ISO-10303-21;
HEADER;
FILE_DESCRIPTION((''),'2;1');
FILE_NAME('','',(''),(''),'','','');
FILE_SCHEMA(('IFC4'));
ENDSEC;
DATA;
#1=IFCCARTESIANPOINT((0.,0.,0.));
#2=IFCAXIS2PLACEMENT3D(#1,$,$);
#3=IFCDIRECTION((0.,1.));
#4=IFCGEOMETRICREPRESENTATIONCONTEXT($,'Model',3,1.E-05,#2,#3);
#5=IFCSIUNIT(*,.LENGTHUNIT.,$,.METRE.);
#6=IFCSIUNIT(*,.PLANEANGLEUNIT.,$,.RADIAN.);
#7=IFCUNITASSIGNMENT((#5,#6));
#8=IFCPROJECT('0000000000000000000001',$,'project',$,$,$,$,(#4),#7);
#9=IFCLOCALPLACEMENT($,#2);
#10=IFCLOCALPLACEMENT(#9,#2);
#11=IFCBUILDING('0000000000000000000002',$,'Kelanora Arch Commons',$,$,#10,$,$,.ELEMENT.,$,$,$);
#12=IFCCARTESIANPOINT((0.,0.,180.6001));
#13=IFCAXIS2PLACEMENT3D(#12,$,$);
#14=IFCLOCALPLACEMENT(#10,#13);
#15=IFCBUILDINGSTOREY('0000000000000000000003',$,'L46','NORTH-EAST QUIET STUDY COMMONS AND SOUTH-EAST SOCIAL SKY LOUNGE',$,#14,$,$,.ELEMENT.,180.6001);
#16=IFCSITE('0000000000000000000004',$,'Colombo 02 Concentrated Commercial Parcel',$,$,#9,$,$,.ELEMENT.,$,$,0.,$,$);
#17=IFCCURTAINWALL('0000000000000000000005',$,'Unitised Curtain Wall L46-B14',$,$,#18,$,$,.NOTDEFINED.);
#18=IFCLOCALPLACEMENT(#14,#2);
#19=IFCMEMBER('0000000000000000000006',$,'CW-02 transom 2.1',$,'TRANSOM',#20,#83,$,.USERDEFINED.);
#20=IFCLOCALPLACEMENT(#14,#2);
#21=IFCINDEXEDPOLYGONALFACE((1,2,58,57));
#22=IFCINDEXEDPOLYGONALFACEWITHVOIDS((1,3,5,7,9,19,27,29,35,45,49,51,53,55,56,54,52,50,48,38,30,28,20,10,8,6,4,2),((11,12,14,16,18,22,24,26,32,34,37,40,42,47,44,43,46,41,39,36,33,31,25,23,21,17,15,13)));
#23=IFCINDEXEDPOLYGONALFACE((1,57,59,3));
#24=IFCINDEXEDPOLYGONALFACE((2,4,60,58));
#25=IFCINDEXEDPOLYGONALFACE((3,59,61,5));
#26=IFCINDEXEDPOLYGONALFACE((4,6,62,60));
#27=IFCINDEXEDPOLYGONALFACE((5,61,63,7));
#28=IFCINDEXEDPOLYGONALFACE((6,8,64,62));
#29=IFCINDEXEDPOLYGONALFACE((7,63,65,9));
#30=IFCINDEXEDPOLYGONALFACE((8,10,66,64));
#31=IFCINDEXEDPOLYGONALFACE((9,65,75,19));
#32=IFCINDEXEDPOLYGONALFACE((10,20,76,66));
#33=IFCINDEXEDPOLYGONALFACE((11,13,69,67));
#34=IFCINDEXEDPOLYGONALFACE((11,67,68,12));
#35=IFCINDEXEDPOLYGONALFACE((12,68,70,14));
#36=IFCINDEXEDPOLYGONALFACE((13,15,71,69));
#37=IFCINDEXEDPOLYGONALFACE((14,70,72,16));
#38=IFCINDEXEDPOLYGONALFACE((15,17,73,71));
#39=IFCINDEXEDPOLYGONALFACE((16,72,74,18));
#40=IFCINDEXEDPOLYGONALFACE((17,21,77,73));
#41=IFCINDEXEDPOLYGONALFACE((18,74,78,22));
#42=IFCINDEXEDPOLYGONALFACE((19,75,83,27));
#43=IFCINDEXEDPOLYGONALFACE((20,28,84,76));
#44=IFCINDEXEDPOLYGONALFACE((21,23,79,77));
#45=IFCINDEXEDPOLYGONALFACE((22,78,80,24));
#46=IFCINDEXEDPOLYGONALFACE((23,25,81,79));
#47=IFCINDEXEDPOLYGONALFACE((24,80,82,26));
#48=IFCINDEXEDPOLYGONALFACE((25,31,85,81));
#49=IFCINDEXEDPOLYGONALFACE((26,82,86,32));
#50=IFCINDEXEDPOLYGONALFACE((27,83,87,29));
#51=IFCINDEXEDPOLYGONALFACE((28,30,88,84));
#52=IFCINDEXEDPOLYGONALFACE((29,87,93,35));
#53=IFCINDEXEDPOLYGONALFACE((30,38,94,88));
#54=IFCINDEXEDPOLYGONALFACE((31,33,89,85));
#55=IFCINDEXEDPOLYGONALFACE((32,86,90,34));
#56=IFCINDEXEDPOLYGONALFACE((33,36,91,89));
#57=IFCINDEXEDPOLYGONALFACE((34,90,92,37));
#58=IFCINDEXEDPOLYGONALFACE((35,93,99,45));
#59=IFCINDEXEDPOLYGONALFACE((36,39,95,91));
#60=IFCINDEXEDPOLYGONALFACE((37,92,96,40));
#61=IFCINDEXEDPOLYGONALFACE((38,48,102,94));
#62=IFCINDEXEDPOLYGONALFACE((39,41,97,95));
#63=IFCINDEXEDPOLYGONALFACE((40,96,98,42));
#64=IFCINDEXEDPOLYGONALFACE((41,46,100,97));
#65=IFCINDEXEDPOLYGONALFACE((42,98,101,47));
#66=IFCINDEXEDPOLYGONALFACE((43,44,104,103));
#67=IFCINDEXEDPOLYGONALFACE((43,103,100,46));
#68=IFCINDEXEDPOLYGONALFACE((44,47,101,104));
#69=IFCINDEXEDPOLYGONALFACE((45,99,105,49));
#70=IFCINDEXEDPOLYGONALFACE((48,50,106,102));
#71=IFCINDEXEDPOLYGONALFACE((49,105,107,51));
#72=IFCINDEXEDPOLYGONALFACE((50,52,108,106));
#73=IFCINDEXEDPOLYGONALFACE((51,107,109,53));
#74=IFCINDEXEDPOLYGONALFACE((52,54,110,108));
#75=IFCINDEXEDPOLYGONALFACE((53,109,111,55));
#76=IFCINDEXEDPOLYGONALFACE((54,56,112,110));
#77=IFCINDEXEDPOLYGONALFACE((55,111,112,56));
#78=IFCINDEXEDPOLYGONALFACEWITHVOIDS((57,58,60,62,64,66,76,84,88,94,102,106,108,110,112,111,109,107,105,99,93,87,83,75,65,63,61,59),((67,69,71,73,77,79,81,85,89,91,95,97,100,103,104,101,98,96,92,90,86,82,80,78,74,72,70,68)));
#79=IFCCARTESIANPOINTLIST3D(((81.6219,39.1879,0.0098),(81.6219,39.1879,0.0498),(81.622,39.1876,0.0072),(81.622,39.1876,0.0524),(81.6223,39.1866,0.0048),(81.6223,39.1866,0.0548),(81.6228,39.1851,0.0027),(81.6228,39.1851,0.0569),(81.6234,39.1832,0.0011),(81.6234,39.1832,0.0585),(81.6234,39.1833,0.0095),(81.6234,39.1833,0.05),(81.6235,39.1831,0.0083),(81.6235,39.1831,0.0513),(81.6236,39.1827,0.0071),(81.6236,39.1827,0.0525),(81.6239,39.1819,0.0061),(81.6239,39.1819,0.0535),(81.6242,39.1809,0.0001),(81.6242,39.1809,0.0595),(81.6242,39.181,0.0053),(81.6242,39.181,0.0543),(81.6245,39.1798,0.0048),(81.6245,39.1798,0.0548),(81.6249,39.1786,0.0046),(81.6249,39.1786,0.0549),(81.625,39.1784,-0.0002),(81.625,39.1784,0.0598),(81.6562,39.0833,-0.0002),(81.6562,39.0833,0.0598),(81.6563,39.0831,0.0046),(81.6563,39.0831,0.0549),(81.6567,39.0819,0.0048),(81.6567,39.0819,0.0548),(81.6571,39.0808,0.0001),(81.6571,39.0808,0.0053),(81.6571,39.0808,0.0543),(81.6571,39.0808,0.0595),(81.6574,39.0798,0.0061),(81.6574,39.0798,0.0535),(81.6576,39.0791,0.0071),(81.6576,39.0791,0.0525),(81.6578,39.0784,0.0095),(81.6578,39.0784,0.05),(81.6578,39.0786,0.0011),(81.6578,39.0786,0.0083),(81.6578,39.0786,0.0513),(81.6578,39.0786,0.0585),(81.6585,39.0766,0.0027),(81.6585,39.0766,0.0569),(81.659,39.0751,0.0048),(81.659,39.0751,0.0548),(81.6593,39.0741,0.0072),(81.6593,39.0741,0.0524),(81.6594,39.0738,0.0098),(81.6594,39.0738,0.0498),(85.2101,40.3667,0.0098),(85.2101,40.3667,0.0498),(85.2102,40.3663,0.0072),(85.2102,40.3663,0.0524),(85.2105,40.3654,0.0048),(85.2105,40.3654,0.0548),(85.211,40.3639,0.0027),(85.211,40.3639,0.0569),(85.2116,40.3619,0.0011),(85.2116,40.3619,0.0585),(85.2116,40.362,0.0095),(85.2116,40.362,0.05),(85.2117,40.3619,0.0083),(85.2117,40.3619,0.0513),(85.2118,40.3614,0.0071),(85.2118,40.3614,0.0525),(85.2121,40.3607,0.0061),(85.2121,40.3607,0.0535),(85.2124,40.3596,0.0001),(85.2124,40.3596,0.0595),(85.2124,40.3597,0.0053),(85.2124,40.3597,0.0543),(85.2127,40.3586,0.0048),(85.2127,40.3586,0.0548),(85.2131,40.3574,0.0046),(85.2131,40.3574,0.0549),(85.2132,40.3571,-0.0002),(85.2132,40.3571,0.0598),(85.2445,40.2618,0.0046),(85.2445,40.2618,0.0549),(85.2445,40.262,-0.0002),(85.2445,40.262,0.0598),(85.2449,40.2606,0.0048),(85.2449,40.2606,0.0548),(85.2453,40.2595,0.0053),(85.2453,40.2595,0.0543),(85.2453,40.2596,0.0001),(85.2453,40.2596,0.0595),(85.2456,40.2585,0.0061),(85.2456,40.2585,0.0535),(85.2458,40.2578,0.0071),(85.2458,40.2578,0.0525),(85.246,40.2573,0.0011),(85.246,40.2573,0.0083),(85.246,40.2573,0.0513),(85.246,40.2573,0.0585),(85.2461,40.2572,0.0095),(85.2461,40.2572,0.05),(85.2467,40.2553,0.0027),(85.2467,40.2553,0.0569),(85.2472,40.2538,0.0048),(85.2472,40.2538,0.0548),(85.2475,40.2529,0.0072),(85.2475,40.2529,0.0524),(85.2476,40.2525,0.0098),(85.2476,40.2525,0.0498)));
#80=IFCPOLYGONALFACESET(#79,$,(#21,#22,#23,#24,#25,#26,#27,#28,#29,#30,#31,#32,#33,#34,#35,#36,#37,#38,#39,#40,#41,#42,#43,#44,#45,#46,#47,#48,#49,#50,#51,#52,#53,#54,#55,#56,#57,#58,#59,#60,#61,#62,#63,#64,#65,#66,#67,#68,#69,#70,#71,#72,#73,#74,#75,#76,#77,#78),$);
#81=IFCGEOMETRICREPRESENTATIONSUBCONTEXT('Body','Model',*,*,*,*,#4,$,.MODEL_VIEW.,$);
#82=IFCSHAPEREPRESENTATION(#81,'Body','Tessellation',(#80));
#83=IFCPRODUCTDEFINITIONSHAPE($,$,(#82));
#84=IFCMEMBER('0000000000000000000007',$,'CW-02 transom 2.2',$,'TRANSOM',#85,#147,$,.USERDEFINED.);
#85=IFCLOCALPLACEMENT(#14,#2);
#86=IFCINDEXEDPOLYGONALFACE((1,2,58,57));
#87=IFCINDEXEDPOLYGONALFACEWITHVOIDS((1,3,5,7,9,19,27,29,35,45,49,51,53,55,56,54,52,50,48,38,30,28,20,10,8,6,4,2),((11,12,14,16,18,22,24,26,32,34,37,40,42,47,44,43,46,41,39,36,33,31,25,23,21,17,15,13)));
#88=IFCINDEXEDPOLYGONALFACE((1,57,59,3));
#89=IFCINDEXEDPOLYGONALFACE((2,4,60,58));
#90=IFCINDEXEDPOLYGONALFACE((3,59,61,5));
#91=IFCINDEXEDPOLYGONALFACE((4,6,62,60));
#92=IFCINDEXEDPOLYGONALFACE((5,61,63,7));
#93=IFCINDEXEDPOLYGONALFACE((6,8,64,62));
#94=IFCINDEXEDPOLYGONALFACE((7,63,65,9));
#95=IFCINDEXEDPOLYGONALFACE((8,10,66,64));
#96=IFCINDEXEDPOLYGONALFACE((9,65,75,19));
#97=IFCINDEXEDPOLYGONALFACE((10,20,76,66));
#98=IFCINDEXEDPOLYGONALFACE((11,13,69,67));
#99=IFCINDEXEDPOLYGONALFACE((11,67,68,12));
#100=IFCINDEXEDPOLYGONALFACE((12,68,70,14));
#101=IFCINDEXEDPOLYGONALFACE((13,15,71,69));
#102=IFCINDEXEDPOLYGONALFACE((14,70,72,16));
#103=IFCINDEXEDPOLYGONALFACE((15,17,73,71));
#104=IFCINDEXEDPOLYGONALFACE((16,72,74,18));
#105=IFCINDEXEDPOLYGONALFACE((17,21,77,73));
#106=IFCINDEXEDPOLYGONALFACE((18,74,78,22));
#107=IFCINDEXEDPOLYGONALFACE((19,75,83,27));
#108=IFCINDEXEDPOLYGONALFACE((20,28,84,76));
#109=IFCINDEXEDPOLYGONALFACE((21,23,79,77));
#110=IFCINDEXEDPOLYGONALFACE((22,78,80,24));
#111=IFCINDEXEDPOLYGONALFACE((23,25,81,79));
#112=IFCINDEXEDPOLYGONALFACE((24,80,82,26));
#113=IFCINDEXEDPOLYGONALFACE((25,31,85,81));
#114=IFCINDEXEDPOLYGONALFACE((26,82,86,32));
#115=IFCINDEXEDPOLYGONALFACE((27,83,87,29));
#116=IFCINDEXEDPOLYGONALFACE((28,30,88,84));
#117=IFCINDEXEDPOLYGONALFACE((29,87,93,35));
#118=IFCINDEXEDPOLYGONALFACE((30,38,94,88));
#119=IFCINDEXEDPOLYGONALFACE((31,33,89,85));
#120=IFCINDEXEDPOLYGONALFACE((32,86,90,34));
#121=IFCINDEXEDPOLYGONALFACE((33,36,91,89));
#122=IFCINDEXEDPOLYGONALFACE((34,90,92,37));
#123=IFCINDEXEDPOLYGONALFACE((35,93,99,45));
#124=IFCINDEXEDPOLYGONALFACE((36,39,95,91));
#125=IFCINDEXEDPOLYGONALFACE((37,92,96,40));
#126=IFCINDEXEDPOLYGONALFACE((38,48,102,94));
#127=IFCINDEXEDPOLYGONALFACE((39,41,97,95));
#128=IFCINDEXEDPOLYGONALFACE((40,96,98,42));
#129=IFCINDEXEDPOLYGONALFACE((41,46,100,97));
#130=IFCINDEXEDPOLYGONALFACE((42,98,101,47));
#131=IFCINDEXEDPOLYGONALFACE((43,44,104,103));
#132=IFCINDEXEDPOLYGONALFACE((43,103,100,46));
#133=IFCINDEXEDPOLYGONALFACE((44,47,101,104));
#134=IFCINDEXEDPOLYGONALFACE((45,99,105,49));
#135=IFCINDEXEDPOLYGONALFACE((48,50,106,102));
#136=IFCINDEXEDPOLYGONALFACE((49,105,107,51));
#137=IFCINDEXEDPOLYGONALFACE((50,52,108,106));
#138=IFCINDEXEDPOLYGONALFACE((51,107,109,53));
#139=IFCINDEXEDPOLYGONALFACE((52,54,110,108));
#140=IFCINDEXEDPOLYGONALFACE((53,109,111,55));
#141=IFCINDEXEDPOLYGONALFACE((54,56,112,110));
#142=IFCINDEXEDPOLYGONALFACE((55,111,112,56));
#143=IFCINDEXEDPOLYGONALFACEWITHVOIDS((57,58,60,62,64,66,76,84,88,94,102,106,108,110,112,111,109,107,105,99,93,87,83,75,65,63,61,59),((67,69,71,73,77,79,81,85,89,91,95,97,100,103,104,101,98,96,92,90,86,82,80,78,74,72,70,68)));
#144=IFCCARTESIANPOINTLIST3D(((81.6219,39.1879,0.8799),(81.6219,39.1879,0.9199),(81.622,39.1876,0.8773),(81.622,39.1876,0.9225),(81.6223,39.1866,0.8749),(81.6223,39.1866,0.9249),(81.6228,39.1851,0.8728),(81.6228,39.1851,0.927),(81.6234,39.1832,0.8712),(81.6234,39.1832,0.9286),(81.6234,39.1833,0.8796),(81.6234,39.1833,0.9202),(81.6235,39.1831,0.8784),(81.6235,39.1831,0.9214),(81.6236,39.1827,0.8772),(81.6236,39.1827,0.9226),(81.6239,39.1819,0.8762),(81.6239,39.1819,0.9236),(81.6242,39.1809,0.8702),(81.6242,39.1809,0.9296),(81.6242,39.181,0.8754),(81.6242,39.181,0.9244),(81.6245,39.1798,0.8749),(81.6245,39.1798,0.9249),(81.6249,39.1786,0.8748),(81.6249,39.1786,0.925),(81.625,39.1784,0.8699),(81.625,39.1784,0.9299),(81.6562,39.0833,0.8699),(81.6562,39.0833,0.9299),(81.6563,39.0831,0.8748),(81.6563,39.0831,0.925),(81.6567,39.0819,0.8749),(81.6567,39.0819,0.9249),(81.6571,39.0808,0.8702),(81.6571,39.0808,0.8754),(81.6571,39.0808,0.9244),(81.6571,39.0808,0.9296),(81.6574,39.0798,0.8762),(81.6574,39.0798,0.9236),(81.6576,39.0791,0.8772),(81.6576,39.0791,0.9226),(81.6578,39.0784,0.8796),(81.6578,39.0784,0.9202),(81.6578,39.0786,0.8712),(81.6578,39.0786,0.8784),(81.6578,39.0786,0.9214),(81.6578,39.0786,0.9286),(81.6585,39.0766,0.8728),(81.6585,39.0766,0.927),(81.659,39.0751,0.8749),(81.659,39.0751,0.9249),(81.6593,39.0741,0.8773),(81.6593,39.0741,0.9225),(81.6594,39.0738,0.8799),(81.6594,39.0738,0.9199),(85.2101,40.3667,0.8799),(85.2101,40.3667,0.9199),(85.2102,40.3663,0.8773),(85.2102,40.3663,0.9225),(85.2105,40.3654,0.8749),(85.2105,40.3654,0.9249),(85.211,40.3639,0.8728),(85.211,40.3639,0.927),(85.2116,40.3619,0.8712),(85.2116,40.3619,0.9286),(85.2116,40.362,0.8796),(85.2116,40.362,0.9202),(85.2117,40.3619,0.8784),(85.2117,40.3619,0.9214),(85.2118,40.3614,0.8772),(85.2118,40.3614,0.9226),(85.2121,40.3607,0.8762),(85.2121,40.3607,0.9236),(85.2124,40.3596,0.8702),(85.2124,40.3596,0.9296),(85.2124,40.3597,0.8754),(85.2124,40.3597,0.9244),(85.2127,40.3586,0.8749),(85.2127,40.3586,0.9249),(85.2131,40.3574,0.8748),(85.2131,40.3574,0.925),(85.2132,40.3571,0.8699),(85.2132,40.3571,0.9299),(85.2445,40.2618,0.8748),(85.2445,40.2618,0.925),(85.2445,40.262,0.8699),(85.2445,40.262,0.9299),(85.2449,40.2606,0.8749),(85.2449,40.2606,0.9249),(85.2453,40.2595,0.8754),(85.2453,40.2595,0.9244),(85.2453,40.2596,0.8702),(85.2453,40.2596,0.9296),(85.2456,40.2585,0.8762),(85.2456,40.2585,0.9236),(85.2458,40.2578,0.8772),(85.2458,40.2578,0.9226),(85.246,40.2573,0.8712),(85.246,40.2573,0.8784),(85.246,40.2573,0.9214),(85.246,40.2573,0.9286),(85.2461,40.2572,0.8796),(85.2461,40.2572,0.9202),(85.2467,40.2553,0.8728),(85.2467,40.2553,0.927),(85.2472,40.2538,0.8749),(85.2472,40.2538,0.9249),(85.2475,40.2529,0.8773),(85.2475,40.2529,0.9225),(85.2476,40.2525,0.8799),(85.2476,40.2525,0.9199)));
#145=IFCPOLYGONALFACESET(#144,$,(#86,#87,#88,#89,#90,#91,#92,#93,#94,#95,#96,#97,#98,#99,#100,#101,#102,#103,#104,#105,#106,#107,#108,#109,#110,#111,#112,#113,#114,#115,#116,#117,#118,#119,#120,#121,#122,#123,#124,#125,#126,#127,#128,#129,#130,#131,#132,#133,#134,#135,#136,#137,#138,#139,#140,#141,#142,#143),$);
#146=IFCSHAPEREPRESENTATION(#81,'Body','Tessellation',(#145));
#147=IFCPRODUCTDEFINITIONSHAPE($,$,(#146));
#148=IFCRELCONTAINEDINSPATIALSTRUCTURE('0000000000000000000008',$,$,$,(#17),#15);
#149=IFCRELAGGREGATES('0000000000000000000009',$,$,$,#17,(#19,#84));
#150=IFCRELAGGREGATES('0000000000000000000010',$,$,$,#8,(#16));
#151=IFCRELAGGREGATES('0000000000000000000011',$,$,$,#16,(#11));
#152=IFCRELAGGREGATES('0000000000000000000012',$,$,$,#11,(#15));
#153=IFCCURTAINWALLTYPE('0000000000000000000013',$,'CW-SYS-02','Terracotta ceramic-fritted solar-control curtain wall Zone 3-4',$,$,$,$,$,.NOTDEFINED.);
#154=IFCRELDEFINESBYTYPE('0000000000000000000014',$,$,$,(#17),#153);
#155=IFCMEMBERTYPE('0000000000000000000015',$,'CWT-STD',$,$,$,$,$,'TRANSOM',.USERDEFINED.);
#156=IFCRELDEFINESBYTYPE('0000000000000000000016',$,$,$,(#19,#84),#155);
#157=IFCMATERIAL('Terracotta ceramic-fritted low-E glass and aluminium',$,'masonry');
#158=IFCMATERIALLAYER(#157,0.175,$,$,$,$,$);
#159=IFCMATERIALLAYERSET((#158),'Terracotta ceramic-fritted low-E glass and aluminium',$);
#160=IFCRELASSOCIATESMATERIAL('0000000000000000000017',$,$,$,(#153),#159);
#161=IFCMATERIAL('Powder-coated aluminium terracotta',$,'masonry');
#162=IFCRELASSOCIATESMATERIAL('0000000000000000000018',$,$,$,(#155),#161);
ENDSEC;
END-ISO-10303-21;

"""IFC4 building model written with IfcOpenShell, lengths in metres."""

from ifc_helpers import new_model, si_unit, direction, frame, origin, origin_2d, place, context, subcontext, project, spatial, hollow_rectangle, extrude, material, layer, layer_set, material_profile, profile_set, type_object, element, aggregate, save


model = new_model("IFC4")

# Units and contexts
model_context = context("Model", 3, precision=1e-05, world=origin(), true_north=direction((0.0, 1.0)))
body_context = subcontext(model_context, "Body", "Model", "MODEL_VIEW")
ifc_project = project(units=[si_unit("LENGTHUNIT", "METRE"), si_unit("PLANEANGLEUNIT", "RADIAN")], contexts=[model_context])

# Site, building, storey
site_placement = place(None, origin())
site = spatial("IfcSite", under=ifc_project, at=site_placement, Name="Colombo 02 Concentrated Commercial Parcel", CompositionType="ELEMENT", RefElevation=0.0)
building_placement = place(site_placement, origin())
building = spatial("IfcBuilding", under=site, at=building_placement, Name="Kelanora Arch Commons", CompositionType="ELEMENT")
storey_placement = place(building_placement, frame((0.0, 0.0, 180.6001)))
storey = spatial("IfcBuildingStorey", under=building, at=storey_placement, Name="L46", Description="NORTH-EAST QUIET STUDY COMMONS AND SOUTH-EAST SOCIAL SKY LOUNGE", CompositionType="ELEMENT", Elevation=180.6001)

# Curtain wall, members
ifc_material_1 = material(Name="Terracotta ceramic-fritted low-E glass and aluminium", Category="masonry")
ifc_layer_1 = layer(ifc_material_1, 0.175)
ifc_layer_set_1 = layer_set([ifc_layer_1], Name="Terracotta ceramic-fritted low-E glass and aluminium")
curtain_wall_type = type_object("IfcCurtainWallType", Name="CW-SYS-02", Description="Terracotta ceramic-fritted solar-control curtain wall Zone 3-4", PredefinedType="NOTDEFINED", material=ifc_layer_set_1)
curtain_wall_placement = place(storey_placement, origin())
curtain_wall = element("IfcCurtainWall", 1, at=curtain_wall_placement, inside=storey, type_object=curtain_wall_type, Name="Unitised Curtain Wall L46-B14", PredefinedType="NOTDEFINED")
ifc_material_2 = material(Name="Powder-coated aluminium terracotta", Category="masonry")
ifc_material_profile_1 = material_profile(ifc_material_2, hollow_rectangle(XDim=0.1201, YDim=0.0601, WallThickness=0.0049, InnerFilletRadius=0.0049, OuterFilletRadius=0.01, at=origin_2d()), Name="CWT120x60")
ifc_profile_set_1 = profile_set([ifc_material_profile_1], Name="Powder-coated aluminium terracotta")
member_type_1 = type_object("IfcMemberType", Name="CWT-STD", ElementType="TRANSOM", PredefinedType="USERDEFINED", material=ifc_profile_set_1)
member_1_placement = place(storey_placement, frame((81.6406, 39.1309, 0.0298), z_axis=(0.950051, 0.312094, 0.0), x_axis=(-0.312094, 0.950051, 0.0)))
member_1 = element("IfcMember", 2, at=member_1_placement, type_object=member_type_1, Name="CW-02 transom 2.1", ObjectType="TRANSOM", PredefinedType="USERDEFINED", context=body_context, shape_type="SweptSolid", body=[
    extrude(hollow_rectangle(XDim=0.1201, YDim=0.0601, WallThickness=0.0049, InnerFilletRadius=0.0049, OuterFilletRadius=0.01, at=origin_2d()), origin(), (0.0, 0.0, 1.0), 3.7769),
])
member_2_placement = place(storey_placement, frame((81.6406, 39.1309, 0.8999), z_axis=(0.950051, 0.312094, 0.0), x_axis=(-0.312094, 0.950051, 0.0)))
member_2 = element("IfcMember", 3, at=member_2_placement, type_object=member_type_1, Name="CW-02 transom 2.2", ObjectType="TRANSOM", PredefinedType="USERDEFINED", context=body_context, shape_type="SweptSolid", body=[
    extrude(hollow_rectangle(XDim=0.1201, YDim=0.0601, WallThickness=0.0049, InnerFilletRadius=0.0049, OuterFilletRadius=0.01, at=origin_2d()), origin(), (0.0, 0.0, 1.0), 3.7769),
])
aggregate(curtain_wall, [member_1, member_2])

save(model, "model.ifc")
